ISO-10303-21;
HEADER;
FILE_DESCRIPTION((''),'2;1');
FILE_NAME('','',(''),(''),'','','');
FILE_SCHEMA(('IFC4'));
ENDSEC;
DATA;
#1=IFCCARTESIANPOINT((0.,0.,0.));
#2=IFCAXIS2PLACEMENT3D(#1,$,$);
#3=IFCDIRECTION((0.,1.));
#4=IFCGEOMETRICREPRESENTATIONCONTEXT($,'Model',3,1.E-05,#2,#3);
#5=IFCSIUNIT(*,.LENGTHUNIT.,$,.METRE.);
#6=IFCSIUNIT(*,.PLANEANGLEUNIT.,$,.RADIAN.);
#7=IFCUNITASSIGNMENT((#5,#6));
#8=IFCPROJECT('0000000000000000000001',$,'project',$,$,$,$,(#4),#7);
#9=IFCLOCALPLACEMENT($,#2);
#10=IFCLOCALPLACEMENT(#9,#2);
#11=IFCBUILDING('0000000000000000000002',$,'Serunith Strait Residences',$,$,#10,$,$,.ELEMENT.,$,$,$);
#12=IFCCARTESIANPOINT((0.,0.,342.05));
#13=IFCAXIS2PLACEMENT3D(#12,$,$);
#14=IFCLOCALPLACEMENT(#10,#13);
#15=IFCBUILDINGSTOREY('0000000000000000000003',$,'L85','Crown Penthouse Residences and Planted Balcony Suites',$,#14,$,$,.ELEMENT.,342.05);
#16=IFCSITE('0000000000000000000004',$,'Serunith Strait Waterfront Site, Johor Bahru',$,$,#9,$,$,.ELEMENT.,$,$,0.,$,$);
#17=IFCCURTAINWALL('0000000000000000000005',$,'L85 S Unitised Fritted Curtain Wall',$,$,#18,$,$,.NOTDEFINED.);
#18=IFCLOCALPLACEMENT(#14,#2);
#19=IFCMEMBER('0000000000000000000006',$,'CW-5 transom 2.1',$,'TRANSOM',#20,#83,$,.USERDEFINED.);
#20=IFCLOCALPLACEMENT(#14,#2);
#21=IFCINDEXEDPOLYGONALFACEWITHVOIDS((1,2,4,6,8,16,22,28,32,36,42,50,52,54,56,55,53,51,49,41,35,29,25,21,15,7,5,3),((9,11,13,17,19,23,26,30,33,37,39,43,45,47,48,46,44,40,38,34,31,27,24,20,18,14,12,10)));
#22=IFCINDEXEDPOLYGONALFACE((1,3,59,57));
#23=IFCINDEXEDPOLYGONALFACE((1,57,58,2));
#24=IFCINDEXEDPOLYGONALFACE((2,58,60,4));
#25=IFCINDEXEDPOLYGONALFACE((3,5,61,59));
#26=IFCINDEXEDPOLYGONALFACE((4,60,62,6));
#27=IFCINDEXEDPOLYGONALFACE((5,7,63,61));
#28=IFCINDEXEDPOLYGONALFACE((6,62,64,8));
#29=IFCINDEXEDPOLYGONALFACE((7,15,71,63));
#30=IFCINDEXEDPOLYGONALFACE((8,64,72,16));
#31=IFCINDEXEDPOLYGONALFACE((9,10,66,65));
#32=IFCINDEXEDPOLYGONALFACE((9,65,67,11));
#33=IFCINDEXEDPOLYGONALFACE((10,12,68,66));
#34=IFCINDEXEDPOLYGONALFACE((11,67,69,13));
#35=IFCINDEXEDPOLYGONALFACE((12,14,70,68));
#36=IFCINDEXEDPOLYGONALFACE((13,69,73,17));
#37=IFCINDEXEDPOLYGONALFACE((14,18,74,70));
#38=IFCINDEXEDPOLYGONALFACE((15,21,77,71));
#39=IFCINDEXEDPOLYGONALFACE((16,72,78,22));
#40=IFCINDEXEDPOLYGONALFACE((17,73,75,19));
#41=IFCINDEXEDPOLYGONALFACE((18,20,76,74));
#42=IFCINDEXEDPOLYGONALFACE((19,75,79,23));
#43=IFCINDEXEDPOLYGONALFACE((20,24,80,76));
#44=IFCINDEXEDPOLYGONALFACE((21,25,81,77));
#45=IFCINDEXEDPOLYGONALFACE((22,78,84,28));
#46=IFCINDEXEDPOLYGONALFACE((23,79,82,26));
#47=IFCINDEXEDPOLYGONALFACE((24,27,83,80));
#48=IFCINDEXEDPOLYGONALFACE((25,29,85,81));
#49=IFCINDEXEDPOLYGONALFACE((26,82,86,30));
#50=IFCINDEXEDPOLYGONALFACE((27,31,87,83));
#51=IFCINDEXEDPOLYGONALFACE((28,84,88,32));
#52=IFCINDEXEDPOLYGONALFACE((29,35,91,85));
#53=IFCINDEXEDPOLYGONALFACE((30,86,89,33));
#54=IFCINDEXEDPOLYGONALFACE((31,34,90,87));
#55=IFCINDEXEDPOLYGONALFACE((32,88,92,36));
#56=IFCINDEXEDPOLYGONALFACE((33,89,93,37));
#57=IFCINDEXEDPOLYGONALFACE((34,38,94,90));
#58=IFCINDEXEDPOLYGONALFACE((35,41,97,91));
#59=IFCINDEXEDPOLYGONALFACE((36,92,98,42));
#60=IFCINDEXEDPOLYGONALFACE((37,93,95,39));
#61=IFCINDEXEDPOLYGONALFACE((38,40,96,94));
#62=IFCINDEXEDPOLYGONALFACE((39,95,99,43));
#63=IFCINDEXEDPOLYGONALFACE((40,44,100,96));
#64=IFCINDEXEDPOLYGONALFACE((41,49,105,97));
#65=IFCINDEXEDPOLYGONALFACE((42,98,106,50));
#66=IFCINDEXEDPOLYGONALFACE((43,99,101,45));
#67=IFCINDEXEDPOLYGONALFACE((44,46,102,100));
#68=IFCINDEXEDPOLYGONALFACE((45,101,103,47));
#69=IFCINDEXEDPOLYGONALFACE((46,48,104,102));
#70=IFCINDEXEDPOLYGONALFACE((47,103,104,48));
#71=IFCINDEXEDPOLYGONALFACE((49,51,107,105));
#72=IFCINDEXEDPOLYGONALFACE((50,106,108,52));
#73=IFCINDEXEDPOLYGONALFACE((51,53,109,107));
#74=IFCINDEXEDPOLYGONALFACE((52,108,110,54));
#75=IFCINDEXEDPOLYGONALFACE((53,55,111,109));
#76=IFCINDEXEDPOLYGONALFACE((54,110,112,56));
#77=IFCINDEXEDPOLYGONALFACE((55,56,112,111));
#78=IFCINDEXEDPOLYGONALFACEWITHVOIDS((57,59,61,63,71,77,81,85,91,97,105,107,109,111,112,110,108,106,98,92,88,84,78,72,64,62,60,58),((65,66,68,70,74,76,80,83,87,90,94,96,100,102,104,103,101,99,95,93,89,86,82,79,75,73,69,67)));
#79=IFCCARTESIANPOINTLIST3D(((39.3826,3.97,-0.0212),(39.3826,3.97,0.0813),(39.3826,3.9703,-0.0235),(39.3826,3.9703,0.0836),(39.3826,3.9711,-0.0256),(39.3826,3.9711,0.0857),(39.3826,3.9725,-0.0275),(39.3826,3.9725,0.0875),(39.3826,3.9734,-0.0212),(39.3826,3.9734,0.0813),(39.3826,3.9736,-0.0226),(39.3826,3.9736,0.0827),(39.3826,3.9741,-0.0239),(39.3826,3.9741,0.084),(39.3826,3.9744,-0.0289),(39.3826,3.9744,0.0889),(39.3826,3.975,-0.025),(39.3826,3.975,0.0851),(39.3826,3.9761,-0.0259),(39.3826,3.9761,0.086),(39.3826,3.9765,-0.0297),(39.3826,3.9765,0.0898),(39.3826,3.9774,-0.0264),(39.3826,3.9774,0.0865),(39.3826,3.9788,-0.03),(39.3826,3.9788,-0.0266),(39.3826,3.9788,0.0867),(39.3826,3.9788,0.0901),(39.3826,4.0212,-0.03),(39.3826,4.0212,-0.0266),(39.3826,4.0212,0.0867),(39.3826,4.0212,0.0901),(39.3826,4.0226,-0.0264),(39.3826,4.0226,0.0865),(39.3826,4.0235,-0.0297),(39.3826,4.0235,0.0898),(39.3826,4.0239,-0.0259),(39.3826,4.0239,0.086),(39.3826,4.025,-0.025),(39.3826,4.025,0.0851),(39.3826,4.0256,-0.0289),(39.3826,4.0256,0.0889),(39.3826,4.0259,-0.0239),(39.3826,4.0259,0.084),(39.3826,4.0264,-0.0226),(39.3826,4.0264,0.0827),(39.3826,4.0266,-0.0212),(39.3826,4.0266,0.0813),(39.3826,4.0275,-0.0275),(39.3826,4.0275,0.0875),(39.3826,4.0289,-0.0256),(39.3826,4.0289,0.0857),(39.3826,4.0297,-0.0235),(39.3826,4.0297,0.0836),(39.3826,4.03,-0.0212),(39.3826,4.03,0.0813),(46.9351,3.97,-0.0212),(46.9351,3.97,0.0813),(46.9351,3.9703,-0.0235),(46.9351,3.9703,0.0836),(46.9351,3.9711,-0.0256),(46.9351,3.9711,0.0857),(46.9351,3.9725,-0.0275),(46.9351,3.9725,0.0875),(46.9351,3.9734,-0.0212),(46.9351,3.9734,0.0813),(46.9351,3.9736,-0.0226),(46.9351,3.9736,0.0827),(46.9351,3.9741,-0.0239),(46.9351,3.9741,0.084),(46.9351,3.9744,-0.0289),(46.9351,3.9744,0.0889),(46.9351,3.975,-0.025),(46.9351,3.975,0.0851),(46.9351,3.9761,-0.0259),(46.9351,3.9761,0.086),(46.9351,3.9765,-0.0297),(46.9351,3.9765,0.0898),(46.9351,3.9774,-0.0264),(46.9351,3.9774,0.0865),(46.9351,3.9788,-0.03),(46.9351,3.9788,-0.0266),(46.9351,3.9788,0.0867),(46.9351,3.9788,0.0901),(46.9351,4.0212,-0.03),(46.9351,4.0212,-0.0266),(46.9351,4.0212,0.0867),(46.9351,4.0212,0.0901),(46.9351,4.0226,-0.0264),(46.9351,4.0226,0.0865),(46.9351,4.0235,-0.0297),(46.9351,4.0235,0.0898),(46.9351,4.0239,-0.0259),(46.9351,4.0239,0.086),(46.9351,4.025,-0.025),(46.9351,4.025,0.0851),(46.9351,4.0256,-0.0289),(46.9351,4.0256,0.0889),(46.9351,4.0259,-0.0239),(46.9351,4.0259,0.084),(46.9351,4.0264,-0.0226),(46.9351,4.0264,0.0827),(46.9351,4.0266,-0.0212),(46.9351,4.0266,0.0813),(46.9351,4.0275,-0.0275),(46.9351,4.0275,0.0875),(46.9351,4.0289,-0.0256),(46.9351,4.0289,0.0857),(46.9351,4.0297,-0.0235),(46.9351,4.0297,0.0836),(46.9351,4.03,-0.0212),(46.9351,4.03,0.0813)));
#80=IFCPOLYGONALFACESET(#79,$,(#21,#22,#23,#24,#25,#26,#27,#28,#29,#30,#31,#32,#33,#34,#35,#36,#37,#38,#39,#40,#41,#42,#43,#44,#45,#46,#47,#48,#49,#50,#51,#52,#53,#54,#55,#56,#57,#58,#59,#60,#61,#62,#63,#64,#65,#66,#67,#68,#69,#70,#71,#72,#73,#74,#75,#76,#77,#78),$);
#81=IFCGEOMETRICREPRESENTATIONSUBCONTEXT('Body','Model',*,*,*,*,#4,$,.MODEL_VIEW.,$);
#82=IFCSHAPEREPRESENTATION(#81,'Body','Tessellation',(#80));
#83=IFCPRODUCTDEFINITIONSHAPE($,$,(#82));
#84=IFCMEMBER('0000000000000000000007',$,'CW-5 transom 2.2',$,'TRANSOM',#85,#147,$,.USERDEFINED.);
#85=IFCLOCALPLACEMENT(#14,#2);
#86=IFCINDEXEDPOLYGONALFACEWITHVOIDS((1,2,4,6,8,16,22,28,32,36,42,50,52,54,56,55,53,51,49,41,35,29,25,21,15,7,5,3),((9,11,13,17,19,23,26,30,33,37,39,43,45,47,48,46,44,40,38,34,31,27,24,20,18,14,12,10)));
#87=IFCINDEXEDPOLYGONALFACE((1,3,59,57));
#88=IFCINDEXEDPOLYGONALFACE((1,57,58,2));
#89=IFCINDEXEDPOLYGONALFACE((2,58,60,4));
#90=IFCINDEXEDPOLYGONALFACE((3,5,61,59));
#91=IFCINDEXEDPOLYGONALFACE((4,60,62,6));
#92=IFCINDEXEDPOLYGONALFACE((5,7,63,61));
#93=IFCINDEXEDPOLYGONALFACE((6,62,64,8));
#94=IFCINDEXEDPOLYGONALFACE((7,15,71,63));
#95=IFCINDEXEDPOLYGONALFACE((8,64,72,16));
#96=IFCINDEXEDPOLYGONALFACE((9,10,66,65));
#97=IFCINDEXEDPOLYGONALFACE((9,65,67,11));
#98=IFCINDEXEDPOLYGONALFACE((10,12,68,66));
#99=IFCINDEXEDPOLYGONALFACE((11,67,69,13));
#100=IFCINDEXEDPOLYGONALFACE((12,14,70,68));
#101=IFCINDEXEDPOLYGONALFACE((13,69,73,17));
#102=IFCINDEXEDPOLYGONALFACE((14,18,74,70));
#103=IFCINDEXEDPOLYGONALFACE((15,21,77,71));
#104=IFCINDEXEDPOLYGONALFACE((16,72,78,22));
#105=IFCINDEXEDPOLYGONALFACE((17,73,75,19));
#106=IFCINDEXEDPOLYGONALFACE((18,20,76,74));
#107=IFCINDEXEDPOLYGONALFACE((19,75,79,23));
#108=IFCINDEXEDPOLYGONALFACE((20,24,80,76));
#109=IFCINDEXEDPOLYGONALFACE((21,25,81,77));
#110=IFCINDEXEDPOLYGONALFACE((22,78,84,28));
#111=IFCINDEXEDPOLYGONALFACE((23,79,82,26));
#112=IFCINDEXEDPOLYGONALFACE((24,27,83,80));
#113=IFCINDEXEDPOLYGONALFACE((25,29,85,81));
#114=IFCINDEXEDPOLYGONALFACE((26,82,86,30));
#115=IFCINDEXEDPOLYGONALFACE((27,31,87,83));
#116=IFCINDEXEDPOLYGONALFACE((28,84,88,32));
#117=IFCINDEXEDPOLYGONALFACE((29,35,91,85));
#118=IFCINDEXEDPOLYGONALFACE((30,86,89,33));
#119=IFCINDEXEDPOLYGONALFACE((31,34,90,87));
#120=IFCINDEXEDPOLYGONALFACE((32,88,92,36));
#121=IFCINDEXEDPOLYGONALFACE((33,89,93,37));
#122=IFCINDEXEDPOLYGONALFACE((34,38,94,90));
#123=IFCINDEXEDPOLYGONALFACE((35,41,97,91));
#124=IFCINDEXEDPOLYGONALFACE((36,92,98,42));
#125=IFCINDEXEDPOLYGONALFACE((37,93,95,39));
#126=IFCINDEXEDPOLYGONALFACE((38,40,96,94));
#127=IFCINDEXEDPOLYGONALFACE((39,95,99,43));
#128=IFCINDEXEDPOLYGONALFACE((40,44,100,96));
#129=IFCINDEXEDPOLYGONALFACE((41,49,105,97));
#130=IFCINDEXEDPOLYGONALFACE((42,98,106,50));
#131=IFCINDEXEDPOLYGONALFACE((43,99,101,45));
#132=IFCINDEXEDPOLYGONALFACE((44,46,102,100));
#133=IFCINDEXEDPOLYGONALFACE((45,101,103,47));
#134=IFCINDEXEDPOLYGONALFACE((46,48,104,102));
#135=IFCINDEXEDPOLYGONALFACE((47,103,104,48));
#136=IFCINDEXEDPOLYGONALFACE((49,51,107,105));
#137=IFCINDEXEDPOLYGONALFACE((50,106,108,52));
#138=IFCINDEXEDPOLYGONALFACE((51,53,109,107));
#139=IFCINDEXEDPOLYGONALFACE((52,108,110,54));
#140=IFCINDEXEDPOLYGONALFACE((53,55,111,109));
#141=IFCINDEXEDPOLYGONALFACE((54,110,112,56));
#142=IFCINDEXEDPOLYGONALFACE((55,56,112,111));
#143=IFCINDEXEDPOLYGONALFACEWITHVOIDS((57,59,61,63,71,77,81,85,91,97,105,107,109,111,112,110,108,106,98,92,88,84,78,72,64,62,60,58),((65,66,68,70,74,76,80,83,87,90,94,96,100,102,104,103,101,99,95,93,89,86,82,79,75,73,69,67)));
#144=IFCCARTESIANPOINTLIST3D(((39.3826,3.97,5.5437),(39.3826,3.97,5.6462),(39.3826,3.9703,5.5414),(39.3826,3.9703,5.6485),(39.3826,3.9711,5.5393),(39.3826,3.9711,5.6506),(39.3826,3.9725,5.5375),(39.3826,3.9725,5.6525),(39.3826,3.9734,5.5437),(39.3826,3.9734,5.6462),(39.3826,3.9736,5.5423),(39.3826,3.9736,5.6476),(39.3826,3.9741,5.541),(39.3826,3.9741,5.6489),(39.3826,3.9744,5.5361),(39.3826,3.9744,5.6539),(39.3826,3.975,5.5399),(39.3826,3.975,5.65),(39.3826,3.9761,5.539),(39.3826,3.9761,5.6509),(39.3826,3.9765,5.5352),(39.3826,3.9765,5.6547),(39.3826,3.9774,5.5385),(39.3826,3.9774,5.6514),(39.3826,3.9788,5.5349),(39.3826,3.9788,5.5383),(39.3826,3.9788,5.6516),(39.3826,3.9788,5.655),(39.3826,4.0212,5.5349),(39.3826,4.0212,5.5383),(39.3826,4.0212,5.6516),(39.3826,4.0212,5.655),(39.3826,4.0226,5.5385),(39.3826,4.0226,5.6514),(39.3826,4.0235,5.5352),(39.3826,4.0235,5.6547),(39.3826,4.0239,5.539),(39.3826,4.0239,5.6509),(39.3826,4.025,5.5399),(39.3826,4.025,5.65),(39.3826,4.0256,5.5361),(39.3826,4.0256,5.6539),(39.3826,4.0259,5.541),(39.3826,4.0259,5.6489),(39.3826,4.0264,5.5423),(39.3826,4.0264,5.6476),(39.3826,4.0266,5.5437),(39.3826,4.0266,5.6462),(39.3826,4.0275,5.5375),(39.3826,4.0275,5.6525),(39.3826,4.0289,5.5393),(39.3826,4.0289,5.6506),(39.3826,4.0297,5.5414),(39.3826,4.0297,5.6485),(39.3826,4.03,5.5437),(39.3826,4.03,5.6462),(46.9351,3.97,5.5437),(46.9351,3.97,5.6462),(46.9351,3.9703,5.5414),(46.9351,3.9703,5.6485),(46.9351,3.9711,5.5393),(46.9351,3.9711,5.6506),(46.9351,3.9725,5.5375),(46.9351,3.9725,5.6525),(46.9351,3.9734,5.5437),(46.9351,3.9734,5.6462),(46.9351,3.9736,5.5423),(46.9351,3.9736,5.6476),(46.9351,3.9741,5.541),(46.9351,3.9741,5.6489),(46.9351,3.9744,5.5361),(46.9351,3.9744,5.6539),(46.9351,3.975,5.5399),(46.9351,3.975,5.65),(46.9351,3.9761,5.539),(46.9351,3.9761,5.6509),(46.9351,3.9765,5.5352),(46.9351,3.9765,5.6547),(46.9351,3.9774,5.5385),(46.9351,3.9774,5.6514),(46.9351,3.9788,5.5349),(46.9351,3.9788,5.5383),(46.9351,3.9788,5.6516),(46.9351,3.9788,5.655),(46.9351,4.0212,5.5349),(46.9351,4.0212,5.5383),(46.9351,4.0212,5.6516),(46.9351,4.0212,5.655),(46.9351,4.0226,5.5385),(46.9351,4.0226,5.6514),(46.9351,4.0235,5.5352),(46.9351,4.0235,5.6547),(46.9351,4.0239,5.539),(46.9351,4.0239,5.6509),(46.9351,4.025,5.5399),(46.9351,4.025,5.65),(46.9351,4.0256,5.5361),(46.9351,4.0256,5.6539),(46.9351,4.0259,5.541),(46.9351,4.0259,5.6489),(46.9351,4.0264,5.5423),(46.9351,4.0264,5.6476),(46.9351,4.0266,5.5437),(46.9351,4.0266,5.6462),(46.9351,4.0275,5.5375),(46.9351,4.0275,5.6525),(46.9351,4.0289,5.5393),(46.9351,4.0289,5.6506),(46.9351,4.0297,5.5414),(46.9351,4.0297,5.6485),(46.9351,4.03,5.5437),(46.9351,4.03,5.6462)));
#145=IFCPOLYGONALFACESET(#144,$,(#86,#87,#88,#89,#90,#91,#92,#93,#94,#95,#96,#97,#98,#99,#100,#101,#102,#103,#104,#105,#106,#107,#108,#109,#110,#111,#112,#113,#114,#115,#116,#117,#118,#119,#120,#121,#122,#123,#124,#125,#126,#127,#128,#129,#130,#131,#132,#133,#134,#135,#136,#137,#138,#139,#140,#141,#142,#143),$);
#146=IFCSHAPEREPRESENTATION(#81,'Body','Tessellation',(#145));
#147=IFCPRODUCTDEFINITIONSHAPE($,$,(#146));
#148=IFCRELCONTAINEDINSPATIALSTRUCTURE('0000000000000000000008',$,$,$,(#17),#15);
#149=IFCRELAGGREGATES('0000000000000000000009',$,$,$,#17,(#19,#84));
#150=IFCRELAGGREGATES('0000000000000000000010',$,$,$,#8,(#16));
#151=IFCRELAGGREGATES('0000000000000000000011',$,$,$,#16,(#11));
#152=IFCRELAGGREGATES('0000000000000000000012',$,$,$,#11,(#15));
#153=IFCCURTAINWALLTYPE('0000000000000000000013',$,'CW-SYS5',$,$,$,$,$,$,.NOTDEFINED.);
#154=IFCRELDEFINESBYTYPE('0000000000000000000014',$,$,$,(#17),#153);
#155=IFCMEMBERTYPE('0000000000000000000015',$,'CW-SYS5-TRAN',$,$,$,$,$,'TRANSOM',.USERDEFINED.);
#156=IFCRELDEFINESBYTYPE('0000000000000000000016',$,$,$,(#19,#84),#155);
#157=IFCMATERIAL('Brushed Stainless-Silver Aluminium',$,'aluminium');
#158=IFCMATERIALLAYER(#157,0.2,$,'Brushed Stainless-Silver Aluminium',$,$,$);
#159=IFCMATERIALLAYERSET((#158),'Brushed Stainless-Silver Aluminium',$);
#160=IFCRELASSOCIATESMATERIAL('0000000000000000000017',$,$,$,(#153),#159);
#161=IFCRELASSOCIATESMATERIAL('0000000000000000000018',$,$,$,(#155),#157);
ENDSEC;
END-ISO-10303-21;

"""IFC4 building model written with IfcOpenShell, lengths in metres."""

from ifc_helpers import new_model, si_unit, direction, frame, origin, origin_2d, place, context, subcontext, project, spatial, hollow_rectangle, extrude, source, transform, mapped, material, layer, layer_set, material_profile, profile_set, type_object, element, aggregate, save


model = new_model("IFC4")

# Units and contexts
model_context = context("Model", 3, precision=1e-05, world=origin(), true_north=direction((0.0, 1.0)))
body_context = subcontext(model_context, "Body", "Model", "MODEL_VIEW")
ifc_project = project(units=[si_unit("LENGTHUNIT", "METRE"), si_unit("PLANEANGLEUNIT", "RADIAN")], contexts=[model_context])

# Site, building, storey
site_placement = place(None, origin())
site = spatial("IfcSite", under=ifc_project, at=site_placement, Name="Serunith Strait Waterfront Site, Johor Bahru", CompositionType="ELEMENT", RefElevation=0.0)
building_placement = place(site_placement, origin())
building = spatial("IfcBuilding", under=site, at=building_placement, Name="Serunith Strait Residences", CompositionType="ELEMENT")
storey_placement = place(building_placement, frame((0.0, 0.0, 342.05)))
storey = spatial("IfcBuildingStorey", under=building, at=storey_placement, Name="L85", Description="Crown Penthouse Residences and Planted Balcony Suites", CompositionType="ELEMENT", Elevation=342.05)

# Curtain wall, members
ifc_material_1 = material(Name="Brushed Stainless-Silver Aluminium", Category="aluminium")
ifc_layer_1 = layer(ifc_material_1, 0.2, Name="Brushed Stainless-Silver Aluminium")
ifc_layer_set_1 = layer_set([ifc_layer_1], Name="Brushed Stainless-Silver Aluminium")
curtain_wall_type = type_object("IfcCurtainWallType", Name="CW-SYS5", PredefinedType="NOTDEFINED", material=ifc_layer_set_1)
curtain_wall_placement = place(storey_placement, origin())
curtain_wall = element("IfcCurtainWall", 1, at=curtain_wall_placement, inside=storey, type_object=curtain_wall_type, Name="L85 S Unitised Fritted Curtain Wall", PredefinedType="NOTDEFINED")
ifc_material_profile_1 = material_profile(ifc_material_1, hollow_rectangle(XDim=0.0601, YDim=0.1201, WallThickness=0.0034, InnerFilletRadius=0.0054, OuterFilletRadius=0.0088, at=origin_2d()), Name="ALU 120x60x3.5")
ifc_profile_set_1 = profile_set([ifc_material_profile_1], Name="Brushed Stainless-Silver Aluminium")
member_type_1 = type_object("IfcMemberType", Name="CW-SYS5-TRAN", ElementType="TRANSOM", PredefinedType="USERDEFINED", material=ifc_profile_set_1)
shared_shape_1 = source(origin(), body_context, "Body", "SweptSolid", [
    extrude(hollow_rectangle(XDim=0.0601, YDim=0.1201, WallThickness=0.0034, InnerFilletRadius=0.0054, OuterFilletRadius=0.0088, at=origin_2d()), origin(), (0.0, 0.0, 1.0), 7.5525),
])
member_1_placement = place(storey_placement, frame((39.3826, 4.0, 0.03), z_axis=(1.0, 0.0, 0.0), x_axis=(0.0, 1.0, 0.0)))
member_1 = element("IfcMember", 2, at=member_1_placement, type_object=member_type_1, Name="CW-5 transom 2.1", ObjectType="TRANSOM", PredefinedType="USERDEFINED", context=body_context, shape_type="MappedRepresentation", body=[
    mapped(shared_shape_1, transform((0.0, 0.0, 0.0), scale=1.0)),
])
member_2_placement = place(storey_placement, frame((39.3826, 4.0, 5.595), z_axis=(1.0, 0.0, 0.0), x_axis=(0.0, 1.0, 0.0)))
member_2 = element("IfcMember", 3, at=member_2_placement, type_object=member_type_1, Name="CW-5 transom 2.2", ObjectType="TRANSOM", PredefinedType="USERDEFINED", context=body_context, shape_type="MappedRepresentation", body=[
    mapped(shared_shape_1, transform((0.0, 0.0, 0.0), scale=1.0)),
])
aggregate(curtain_wall, [member_1, member_2])

save(model, "model.ifc")
